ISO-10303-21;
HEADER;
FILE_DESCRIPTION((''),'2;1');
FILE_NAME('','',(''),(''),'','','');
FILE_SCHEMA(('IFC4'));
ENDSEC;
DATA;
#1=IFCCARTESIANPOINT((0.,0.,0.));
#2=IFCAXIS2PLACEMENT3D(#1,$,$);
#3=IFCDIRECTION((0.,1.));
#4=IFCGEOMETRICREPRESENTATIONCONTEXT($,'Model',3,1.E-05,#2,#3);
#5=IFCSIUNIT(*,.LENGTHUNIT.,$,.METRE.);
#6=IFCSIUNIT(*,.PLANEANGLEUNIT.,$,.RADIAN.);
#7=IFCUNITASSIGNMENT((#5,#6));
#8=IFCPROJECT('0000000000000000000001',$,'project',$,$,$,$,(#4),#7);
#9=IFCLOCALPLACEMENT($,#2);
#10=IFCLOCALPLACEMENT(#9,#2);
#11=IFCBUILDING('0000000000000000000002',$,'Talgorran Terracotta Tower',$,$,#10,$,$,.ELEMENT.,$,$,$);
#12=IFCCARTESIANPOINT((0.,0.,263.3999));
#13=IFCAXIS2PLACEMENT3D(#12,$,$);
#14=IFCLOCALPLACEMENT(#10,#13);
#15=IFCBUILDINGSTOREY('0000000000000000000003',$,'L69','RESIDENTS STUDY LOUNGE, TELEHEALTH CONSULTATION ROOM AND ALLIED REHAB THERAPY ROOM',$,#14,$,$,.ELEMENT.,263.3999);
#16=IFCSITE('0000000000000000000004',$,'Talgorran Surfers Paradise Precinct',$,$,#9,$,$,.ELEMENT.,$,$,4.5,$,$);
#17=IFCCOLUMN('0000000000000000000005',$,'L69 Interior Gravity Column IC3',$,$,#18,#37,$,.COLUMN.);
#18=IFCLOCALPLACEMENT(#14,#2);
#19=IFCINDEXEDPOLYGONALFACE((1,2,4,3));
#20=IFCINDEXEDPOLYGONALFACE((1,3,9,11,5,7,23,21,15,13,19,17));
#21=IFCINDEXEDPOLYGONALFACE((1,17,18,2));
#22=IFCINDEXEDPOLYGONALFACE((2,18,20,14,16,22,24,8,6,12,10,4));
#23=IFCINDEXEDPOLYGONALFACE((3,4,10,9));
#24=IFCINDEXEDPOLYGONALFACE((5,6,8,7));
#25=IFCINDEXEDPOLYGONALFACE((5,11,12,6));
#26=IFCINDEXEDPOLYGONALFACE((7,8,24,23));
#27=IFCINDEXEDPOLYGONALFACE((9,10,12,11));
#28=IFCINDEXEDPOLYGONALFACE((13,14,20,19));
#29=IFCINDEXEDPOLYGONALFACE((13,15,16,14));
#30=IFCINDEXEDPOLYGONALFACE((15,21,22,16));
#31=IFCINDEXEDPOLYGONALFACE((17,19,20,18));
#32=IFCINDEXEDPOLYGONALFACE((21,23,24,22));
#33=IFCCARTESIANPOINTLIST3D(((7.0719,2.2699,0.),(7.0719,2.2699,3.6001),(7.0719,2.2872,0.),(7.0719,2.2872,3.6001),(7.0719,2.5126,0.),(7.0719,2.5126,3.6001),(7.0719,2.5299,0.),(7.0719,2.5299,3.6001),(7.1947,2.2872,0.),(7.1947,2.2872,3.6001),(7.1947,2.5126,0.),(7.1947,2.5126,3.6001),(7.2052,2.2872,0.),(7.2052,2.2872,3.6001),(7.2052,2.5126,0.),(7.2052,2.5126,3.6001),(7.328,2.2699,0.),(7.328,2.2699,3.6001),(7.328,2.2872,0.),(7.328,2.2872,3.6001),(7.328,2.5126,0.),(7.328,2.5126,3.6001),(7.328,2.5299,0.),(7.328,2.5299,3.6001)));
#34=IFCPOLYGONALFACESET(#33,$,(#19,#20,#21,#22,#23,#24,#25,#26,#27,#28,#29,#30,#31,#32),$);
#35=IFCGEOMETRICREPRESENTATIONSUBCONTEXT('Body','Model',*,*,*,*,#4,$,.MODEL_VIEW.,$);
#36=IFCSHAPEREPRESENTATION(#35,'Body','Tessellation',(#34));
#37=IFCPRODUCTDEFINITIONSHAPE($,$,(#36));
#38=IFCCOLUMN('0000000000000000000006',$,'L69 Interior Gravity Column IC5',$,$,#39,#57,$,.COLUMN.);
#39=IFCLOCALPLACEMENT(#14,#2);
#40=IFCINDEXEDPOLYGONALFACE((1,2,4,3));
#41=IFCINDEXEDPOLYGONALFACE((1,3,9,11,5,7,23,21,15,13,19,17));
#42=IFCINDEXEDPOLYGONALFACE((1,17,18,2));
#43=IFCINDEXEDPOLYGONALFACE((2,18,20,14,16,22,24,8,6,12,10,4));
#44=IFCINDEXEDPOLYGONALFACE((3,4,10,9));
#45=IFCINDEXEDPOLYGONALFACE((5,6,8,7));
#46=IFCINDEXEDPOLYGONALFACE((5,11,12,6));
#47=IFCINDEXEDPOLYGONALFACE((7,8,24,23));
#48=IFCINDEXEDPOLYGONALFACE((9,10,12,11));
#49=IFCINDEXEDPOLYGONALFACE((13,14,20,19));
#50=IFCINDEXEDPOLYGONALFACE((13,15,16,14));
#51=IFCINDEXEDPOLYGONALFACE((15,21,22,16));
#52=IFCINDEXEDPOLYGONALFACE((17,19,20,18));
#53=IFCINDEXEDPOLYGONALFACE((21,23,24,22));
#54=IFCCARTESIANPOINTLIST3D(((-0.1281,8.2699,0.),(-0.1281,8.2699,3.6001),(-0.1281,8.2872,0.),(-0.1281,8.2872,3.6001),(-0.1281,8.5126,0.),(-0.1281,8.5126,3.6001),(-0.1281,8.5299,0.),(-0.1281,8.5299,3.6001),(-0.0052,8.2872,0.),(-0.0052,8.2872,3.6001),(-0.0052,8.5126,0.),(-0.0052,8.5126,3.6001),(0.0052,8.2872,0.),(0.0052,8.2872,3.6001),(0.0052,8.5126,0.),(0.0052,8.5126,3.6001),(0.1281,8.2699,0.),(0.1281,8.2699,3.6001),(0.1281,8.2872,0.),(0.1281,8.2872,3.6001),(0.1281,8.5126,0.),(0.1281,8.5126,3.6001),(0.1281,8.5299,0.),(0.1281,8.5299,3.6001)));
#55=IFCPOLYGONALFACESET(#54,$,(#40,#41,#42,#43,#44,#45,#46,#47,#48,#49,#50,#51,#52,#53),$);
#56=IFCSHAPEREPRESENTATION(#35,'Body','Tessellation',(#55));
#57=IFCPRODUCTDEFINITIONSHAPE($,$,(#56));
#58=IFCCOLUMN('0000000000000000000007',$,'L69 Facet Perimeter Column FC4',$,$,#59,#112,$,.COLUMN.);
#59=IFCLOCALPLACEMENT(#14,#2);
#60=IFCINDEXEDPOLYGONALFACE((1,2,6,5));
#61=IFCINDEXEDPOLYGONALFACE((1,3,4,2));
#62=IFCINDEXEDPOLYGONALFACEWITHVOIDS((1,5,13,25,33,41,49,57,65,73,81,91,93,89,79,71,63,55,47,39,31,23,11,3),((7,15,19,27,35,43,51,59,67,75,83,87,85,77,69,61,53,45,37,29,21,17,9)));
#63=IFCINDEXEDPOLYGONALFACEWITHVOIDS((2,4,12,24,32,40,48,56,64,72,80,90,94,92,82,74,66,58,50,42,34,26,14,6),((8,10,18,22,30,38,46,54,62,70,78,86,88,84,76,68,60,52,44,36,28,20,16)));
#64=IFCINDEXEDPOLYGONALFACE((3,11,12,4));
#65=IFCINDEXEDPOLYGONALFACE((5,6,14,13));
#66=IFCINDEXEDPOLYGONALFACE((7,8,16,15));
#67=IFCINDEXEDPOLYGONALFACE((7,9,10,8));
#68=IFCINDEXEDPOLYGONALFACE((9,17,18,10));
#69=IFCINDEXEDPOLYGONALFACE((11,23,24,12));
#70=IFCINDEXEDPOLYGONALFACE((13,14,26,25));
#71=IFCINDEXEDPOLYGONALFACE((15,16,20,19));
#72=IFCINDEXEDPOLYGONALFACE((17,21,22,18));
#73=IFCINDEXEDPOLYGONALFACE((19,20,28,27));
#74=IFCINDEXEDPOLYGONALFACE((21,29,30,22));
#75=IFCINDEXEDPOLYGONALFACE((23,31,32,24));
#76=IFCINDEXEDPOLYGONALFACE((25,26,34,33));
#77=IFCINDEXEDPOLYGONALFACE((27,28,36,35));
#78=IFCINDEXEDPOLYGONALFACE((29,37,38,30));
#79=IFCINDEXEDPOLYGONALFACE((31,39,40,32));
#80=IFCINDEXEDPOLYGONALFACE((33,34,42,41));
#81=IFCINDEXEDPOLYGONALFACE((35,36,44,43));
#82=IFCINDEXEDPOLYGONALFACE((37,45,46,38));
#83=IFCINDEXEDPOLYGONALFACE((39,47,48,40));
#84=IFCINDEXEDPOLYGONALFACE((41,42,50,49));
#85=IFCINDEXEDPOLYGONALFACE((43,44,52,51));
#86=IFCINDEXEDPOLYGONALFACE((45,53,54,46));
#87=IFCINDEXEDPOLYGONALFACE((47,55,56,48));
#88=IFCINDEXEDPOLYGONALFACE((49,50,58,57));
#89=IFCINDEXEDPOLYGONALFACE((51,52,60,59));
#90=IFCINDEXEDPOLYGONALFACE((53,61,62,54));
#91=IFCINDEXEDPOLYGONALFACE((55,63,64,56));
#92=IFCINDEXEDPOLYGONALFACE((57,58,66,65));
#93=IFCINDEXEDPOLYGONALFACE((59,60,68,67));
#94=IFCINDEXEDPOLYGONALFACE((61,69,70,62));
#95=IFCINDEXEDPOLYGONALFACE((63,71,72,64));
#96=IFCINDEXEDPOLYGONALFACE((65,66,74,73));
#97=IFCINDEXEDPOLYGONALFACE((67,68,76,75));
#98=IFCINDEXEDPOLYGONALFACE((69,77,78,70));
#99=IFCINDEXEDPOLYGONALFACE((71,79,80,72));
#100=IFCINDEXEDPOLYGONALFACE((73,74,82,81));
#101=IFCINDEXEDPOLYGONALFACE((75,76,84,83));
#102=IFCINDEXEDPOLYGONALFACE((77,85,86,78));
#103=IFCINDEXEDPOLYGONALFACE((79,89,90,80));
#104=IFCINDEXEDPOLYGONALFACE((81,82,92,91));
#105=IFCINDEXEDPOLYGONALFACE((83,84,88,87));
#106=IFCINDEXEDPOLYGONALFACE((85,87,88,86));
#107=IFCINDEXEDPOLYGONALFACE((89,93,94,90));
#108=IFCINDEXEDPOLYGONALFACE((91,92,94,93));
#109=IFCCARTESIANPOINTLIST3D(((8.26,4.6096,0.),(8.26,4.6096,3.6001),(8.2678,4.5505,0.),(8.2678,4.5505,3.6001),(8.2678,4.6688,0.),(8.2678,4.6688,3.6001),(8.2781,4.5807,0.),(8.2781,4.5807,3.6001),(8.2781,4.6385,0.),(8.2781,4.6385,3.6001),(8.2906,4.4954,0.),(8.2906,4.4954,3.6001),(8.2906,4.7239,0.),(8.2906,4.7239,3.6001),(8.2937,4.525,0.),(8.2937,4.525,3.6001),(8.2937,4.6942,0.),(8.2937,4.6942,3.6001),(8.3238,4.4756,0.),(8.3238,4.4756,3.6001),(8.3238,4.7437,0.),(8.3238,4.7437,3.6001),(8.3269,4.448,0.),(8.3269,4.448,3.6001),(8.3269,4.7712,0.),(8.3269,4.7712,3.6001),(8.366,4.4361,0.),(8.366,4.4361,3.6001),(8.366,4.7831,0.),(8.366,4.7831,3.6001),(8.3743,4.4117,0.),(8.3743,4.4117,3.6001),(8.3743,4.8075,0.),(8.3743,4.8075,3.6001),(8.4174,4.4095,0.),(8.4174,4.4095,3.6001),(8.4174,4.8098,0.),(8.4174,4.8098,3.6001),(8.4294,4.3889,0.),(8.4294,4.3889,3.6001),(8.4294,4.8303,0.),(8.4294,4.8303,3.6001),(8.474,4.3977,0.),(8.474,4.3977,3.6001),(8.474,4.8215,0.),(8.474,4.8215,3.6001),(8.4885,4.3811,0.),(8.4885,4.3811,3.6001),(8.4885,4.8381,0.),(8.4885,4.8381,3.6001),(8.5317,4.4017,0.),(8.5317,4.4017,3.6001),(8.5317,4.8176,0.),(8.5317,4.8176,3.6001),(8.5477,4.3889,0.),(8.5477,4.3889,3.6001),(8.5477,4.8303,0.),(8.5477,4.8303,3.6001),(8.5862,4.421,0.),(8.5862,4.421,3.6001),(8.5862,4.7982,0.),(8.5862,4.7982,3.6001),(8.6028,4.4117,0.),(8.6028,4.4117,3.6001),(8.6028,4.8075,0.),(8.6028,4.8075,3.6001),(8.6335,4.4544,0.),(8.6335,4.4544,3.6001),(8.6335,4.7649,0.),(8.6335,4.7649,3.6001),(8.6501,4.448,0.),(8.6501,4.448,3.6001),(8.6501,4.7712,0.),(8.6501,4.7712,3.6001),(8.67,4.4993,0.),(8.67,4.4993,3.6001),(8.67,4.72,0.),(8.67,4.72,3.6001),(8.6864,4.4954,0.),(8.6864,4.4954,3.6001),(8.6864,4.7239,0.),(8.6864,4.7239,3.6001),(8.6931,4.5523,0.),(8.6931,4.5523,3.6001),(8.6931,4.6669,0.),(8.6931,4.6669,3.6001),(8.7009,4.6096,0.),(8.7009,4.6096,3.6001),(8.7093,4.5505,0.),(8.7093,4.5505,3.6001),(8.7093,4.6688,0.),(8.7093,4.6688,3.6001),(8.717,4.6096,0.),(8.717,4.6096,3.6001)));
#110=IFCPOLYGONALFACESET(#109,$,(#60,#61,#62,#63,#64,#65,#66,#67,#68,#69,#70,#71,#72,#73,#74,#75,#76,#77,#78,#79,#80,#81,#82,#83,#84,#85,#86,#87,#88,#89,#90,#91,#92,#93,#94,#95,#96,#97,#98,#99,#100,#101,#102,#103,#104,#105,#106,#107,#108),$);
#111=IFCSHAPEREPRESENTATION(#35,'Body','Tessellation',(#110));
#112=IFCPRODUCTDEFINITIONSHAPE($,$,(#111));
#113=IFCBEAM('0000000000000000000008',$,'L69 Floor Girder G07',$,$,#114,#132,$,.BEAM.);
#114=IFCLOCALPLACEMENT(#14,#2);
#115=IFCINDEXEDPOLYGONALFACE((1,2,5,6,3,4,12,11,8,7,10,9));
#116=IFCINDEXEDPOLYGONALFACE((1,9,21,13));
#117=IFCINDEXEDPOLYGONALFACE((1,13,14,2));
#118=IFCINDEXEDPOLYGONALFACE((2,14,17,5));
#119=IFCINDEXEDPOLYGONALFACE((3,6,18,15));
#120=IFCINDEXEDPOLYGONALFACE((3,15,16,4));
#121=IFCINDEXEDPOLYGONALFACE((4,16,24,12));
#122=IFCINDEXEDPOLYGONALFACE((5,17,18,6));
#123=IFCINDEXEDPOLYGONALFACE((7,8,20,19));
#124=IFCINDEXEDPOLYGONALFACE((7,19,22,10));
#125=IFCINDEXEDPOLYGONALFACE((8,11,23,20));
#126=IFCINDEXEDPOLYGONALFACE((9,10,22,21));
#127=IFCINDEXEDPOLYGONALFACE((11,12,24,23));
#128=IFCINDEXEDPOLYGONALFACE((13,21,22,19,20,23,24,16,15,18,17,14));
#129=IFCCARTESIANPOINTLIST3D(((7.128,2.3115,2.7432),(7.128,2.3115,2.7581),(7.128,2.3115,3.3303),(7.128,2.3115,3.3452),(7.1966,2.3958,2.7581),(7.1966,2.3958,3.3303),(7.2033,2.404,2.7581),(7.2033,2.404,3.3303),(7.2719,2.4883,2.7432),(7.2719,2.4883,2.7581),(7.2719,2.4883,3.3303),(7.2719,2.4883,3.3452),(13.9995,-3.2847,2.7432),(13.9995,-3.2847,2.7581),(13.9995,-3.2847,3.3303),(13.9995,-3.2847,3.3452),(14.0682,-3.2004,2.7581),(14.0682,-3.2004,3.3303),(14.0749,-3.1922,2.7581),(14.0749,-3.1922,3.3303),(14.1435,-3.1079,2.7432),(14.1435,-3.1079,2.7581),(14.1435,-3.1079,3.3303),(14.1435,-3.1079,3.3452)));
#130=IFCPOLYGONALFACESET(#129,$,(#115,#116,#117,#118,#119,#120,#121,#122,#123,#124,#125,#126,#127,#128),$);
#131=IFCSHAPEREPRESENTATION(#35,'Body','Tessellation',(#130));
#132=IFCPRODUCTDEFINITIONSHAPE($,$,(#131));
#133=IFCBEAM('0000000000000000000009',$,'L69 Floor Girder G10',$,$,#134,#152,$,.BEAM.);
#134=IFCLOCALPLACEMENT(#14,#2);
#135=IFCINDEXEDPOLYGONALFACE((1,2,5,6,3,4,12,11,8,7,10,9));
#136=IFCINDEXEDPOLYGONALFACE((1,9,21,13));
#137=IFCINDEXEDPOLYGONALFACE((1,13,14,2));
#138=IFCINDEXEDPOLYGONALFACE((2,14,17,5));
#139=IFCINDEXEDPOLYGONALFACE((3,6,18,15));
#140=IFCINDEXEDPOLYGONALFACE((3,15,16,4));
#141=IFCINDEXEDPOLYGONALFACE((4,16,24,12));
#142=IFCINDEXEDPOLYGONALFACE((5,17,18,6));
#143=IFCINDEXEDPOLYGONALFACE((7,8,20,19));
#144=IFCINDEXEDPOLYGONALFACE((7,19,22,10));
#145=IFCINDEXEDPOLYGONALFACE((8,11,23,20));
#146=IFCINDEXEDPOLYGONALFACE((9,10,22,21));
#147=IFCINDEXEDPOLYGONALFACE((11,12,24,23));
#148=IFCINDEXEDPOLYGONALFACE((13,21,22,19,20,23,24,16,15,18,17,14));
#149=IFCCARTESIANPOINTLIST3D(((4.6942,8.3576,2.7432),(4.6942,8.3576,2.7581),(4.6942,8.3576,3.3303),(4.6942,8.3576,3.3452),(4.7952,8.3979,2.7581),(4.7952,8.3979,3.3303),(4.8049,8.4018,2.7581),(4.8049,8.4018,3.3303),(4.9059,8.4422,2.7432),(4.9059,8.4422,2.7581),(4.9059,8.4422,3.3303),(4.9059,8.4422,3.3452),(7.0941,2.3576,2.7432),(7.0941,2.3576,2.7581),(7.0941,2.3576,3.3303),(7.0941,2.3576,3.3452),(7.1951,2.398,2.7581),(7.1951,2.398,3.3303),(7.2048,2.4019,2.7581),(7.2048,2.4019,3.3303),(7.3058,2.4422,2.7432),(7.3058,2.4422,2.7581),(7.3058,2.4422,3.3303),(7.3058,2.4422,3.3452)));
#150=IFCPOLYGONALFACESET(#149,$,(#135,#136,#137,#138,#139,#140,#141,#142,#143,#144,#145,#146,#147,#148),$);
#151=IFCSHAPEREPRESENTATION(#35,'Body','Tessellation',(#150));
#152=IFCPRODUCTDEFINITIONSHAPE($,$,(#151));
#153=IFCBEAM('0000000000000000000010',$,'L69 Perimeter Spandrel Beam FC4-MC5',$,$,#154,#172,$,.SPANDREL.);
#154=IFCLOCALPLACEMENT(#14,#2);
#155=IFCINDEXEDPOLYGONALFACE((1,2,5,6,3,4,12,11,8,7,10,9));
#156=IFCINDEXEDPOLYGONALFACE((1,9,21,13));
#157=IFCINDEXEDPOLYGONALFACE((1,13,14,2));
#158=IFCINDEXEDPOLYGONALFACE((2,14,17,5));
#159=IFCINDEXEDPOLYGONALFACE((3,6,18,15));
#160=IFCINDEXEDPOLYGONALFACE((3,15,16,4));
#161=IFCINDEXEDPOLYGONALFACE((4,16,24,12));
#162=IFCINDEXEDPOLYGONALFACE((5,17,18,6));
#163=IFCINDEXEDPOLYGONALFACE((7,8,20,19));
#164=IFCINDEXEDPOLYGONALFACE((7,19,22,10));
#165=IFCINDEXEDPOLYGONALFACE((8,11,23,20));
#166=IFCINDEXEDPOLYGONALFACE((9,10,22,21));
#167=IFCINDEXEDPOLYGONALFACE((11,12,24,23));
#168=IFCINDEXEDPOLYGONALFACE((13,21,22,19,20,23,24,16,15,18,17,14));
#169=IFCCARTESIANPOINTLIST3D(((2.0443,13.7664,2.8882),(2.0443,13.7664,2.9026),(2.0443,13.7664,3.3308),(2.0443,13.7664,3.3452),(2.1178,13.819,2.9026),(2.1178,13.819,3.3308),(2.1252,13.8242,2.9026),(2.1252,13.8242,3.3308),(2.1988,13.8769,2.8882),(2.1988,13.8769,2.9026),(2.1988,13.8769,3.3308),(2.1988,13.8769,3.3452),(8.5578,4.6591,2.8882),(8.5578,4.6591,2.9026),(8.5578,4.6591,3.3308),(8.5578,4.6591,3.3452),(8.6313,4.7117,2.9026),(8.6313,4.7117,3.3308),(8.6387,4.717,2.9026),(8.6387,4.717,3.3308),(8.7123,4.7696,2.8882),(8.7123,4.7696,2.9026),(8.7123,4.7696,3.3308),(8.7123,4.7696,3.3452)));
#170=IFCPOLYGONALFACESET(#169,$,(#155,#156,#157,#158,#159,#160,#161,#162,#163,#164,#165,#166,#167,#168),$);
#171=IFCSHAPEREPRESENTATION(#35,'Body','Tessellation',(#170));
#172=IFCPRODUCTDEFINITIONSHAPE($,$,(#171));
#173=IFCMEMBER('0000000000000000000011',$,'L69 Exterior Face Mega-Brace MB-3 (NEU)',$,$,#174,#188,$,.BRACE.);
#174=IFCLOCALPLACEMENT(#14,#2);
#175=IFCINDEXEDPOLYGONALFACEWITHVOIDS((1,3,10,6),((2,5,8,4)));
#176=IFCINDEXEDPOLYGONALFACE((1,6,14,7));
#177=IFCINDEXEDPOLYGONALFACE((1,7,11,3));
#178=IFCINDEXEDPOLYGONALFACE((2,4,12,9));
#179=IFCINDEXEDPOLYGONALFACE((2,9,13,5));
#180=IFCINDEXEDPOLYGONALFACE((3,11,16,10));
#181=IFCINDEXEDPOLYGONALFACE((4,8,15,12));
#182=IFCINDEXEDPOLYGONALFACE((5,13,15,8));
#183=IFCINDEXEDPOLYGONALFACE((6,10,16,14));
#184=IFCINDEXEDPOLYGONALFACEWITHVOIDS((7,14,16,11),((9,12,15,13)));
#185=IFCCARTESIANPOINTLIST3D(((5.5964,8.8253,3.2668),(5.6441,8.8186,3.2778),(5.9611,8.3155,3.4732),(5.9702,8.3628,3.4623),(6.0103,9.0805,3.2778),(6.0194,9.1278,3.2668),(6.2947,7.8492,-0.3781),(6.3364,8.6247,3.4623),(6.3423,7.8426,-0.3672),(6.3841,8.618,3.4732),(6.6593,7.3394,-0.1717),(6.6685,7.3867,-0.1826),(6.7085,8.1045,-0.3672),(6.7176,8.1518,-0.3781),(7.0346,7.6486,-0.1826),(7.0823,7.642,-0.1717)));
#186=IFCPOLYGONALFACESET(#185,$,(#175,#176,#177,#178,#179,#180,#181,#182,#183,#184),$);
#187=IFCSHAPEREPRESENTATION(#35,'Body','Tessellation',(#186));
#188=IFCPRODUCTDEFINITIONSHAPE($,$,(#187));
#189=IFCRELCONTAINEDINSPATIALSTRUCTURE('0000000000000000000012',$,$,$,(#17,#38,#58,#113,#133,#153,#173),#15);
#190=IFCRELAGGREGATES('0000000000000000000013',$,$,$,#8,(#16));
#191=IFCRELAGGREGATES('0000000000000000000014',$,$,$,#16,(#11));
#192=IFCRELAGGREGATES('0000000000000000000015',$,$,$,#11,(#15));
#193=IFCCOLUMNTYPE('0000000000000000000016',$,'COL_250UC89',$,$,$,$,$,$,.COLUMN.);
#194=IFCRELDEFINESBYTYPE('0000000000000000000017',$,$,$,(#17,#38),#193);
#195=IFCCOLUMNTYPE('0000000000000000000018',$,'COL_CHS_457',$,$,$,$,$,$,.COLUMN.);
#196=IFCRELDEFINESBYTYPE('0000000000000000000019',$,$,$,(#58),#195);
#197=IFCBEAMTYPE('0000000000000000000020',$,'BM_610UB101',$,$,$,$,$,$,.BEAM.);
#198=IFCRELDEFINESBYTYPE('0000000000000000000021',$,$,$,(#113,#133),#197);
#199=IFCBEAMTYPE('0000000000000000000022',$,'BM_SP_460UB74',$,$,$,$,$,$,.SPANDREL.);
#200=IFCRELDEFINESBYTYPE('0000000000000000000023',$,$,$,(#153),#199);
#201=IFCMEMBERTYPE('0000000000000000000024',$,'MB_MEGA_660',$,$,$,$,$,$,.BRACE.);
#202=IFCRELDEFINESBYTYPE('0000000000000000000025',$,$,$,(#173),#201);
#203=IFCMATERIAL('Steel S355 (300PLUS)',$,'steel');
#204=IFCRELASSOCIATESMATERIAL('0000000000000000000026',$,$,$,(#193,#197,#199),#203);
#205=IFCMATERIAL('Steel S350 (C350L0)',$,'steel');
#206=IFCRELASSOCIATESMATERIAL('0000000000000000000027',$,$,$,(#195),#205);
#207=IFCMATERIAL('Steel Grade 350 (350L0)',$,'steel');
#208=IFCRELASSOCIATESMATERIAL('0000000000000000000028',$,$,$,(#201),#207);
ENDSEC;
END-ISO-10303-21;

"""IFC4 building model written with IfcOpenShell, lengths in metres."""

from ifc_helpers import new_model, si_unit, direction, frame, origin, origin_2d, place, context, subcontext, project, spatial, hollow_rectangle, hollow_circle, i_section, extrude, material, material_profile, profile_set, type_object, element, save


model = new_model("IFC4")

# Units and contexts
model_context = context("Model", 3, precision=1e-05, world=origin(), true_north=direction((0.0, 1.0)))
body_context = subcontext(model_context, "Body", "Model", "MODEL_VIEW")
ifc_project = project(units=[si_unit("LENGTHUNIT", "METRE"), si_unit("PLANEANGLEUNIT", "RADIAN")], contexts=[model_context])

# Site, building, storey
site_placement = place(None, origin())
site = spatial("IfcSite", under=ifc_project, at=site_placement, Name="Talgorran Surfers Paradise Precinct", CompositionType="ELEMENT", RefElevation=4.5)
building_placement = place(site_placement, origin())
building = spatial("IfcBuilding", under=site, at=building_placement, Name="Talgorran Terracotta Tower", CompositionType="ELEMENT")
storey_placement = place(building_placement, frame((0.0, 0.0, 263.3999)))
storey = spatial("IfcBuildingStorey", under=building, at=storey_placement, Name="L69", Description="RESIDENTS STUDY LOUNGE, TELEHEALTH CONSULTATION ROOM AND ALLIED REHAB THERAPY ROOM", CompositionType="ELEMENT", Elevation=263.3999)

# Columns
ifc_material_1 = material(Name="Steel S355 (300PLUS)", Category="steel")
ifc_material_profile_1 = material_profile(ifc_material_1, i_section(OverallWidth=0.2561, OverallDepth=0.26, WebThickness=0.0105, FlangeThickness=0.0173, at=origin_2d()), Name="250UC89.5")
ifc_profile_set_1 = profile_set([ifc_material_profile_1], Name="Steel S355 (300PLUS)")
column_type_1 = type_object("IfcColumnType", Name="COL_250UC89", PredefinedType="COLUMN", material=ifc_profile_set_1)
for number, where, z_axis, x_axis, name in (
    (1, (7.2, 2.3999, 0.0), (0.0, 0.0, 1.0), (1.0, 0.0, 0.0), "L69 Interior Gravity Column IC3"),
    (2, (0.0, 8.3999, 0.0), (0.0, 0.0, 1.0), (1.0, 0.0, 0.0), "L69 Interior Gravity Column IC5"),
):
    element("IfcColumn", number, at=place(storey_placement, frame(where, z_axis=z_axis, x_axis=x_axis)), inside=storey, type_object=column_type_1, Name=name, PredefinedType="COLUMN", context=body_context, shape_type="SweptSolid", body=[
        extrude(i_section(OverallWidth=0.2561, OverallDepth=0.26, WebThickness=0.0105, FlangeThickness=0.0173, at=origin_2d()), origin(), (0.0, 0.0, 1.0), 3.6001),
    ])
ifc_material_2 = material(Name="Steel S350 (C350L0)", Category="steel")
ifc_material_profile_2 = material_profile(ifc_material_2, hollow_circle(Radius=0.2285, WallThickness=0.0161, at=origin_2d()), Name="CHS457X16")
ifc_profile_set_2 = profile_set([ifc_material_profile_2], Name="Steel S350 (C350L0)")
column_type_2 = type_object("IfcColumnType", Name="COL_CHS_457", PredefinedType="COLUMN", material=ifc_profile_set_2)
column_placement = place(storey_placement, frame((8.4885, 4.6096, 0.0), z_axis=(0.0, 0.0, 1.0), x_axis=(1.0, 0.0, 0.0)))
element("IfcColumn", 3, at=column_placement, inside=storey, type_object=column_type_2, Name="L69 Facet Perimeter Column FC4", PredefinedType="COLUMN", context=body_context, shape_type="SweptSolid", body=[
    extrude(hollow_circle(Radius=0.2285, WallThickness=0.0161, at=origin_2d()), origin(), (0.0, 0.0, 1.0), 3.6001),
])

# Beams
ifc_material_profile_3 = material_profile(ifc_material_1, i_section(OverallWidth=0.228, OverallDepth=0.6021, WebThickness=0.0105, FlangeThickness=0.0149, at=origin_2d()), Name="610UB101")
ifc_profile_set_3 = profile_set([ifc_material_profile_3], Name="Steel S355 (300PLUS)")
beam_type_1 = type_object("IfcBeamType", Name="BM_610UB101", PredefinedType="BEAM", material=ifc_profile_set_3)
beam_1_placement = place(storey_placement, frame((7.2, 2.3999, 3.0442), z_axis=(0.775394, -0.631478, 0.0), x_axis=(0.631478, 0.775394, 0.0)))
element("IfcBeam", 4, at=beam_1_placement, inside=storey, type_object=beam_type_1, Name="L69 Floor Girder G07", PredefinedType="BEAM", context=body_context, shape_type="SweptSolid", body=[
    extrude(i_section(OverallWidth=0.228, OverallDepth=0.6021, WebThickness=0.0105, FlangeThickness=0.0149, at=origin_2d()), origin(), (0.0, 0.0, 1.0), 8.8621),
])
beam_2_placement = place(storey_placement, frame((7.2, 2.3999, 3.0442), z_axis=(-0.371378, 0.928482, 0.0), x_axis=(-0.928482, -0.371378, 0.0)))
element("IfcBeam", 5, at=beam_2_placement, inside=storey, type_object=beam_type_1, Name="L69 Floor Girder G10", PredefinedType="BEAM", context=body_context, shape_type="SweptSolid", body=[
    extrude(i_section(OverallWidth=0.228, OverallDepth=0.6021, WebThickness=0.0105, FlangeThickness=0.0149, at=origin_2d()), origin(), (0.0, 0.0, 1.0), 6.4622),
])
ifc_material_profile_4 = material_profile(ifc_material_1, i_section(OverallWidth=0.1899, OverallDepth=0.457, WebThickness=0.009, FlangeThickness=0.0144, at=origin_2d()), Name="460UB74.6")
ifc_profile_set_4 = profile_set([ifc_material_profile_4], Name="Steel S355 (300PLUS)")
beam_type_2 = type_object("IfcBeamType", Name="BM_SP_460UB74", PredefinedType="SPANDREL", material=ifc_profile_set_4)
beam_3_placement = place(storey_placement, frame((8.635, 4.7144, 3.1167), z_axis=(-0.581729, 0.813383, 0.0), x_axis=(-0.813383, -0.581729, 0.0)))
element("IfcBeam", 6, at=beam_3_placement, inside=storey, type_object=beam_type_2, Name="L69 Perimeter Spandrel Beam FC4-MC5", PredefinedType="SPANDREL", context=body_context, shape_type="SweptSolid", body=[
    extrude(i_section(OverallWidth=0.1899, OverallDepth=0.457, WebThickness=0.009, FlangeThickness=0.0144, at=origin_2d()), origin(), (0.0, 0.0, 1.0), 11.1968),
])

# Member
ifc_material_3 = material(Name="Steel Grade 350 (350L0)", Category="steel")
ifc_material_profile_5 = material_profile(ifc_material_3, hollow_rectangle(XDim=0.52, YDim=0.6599, WallThickness=0.0349, at=origin_2d()), Name="WBOX660X520X35")
ifc_profile_set_5 = profile_set([ifc_material_profile_5], Name="Steel Grade 350 (350L0)")
member_type_1 = type_object("IfcMemberType", Name="MB_MEGA_660", PredefinedType="BRACE", material=ifc_profile_set_5)
member_1_placement = place(storey_placement, frame((6.6885, 7.7456, -0.2749), z_axis=(-0.181952, 0.254351, 0.949841), x_axis=(-0.813321, -0.581815, 0.0)))
element("IfcMember", 7, at=member_1_placement, inside=storey, type_object=member_type_1, Name="L69 Exterior Face Mega-Brace MB-3 (NEU)", PredefinedType="BRACE", context=body_context, shape_type="SweptSolid", body=[
    extrude(hollow_rectangle(XDim=0.52, YDim=0.6599, WallThickness=0.0349, at=origin_2d()), origin(), (0.0, 0.0, 1.0), 3.8374),
])

save(model, "model.ifc")
